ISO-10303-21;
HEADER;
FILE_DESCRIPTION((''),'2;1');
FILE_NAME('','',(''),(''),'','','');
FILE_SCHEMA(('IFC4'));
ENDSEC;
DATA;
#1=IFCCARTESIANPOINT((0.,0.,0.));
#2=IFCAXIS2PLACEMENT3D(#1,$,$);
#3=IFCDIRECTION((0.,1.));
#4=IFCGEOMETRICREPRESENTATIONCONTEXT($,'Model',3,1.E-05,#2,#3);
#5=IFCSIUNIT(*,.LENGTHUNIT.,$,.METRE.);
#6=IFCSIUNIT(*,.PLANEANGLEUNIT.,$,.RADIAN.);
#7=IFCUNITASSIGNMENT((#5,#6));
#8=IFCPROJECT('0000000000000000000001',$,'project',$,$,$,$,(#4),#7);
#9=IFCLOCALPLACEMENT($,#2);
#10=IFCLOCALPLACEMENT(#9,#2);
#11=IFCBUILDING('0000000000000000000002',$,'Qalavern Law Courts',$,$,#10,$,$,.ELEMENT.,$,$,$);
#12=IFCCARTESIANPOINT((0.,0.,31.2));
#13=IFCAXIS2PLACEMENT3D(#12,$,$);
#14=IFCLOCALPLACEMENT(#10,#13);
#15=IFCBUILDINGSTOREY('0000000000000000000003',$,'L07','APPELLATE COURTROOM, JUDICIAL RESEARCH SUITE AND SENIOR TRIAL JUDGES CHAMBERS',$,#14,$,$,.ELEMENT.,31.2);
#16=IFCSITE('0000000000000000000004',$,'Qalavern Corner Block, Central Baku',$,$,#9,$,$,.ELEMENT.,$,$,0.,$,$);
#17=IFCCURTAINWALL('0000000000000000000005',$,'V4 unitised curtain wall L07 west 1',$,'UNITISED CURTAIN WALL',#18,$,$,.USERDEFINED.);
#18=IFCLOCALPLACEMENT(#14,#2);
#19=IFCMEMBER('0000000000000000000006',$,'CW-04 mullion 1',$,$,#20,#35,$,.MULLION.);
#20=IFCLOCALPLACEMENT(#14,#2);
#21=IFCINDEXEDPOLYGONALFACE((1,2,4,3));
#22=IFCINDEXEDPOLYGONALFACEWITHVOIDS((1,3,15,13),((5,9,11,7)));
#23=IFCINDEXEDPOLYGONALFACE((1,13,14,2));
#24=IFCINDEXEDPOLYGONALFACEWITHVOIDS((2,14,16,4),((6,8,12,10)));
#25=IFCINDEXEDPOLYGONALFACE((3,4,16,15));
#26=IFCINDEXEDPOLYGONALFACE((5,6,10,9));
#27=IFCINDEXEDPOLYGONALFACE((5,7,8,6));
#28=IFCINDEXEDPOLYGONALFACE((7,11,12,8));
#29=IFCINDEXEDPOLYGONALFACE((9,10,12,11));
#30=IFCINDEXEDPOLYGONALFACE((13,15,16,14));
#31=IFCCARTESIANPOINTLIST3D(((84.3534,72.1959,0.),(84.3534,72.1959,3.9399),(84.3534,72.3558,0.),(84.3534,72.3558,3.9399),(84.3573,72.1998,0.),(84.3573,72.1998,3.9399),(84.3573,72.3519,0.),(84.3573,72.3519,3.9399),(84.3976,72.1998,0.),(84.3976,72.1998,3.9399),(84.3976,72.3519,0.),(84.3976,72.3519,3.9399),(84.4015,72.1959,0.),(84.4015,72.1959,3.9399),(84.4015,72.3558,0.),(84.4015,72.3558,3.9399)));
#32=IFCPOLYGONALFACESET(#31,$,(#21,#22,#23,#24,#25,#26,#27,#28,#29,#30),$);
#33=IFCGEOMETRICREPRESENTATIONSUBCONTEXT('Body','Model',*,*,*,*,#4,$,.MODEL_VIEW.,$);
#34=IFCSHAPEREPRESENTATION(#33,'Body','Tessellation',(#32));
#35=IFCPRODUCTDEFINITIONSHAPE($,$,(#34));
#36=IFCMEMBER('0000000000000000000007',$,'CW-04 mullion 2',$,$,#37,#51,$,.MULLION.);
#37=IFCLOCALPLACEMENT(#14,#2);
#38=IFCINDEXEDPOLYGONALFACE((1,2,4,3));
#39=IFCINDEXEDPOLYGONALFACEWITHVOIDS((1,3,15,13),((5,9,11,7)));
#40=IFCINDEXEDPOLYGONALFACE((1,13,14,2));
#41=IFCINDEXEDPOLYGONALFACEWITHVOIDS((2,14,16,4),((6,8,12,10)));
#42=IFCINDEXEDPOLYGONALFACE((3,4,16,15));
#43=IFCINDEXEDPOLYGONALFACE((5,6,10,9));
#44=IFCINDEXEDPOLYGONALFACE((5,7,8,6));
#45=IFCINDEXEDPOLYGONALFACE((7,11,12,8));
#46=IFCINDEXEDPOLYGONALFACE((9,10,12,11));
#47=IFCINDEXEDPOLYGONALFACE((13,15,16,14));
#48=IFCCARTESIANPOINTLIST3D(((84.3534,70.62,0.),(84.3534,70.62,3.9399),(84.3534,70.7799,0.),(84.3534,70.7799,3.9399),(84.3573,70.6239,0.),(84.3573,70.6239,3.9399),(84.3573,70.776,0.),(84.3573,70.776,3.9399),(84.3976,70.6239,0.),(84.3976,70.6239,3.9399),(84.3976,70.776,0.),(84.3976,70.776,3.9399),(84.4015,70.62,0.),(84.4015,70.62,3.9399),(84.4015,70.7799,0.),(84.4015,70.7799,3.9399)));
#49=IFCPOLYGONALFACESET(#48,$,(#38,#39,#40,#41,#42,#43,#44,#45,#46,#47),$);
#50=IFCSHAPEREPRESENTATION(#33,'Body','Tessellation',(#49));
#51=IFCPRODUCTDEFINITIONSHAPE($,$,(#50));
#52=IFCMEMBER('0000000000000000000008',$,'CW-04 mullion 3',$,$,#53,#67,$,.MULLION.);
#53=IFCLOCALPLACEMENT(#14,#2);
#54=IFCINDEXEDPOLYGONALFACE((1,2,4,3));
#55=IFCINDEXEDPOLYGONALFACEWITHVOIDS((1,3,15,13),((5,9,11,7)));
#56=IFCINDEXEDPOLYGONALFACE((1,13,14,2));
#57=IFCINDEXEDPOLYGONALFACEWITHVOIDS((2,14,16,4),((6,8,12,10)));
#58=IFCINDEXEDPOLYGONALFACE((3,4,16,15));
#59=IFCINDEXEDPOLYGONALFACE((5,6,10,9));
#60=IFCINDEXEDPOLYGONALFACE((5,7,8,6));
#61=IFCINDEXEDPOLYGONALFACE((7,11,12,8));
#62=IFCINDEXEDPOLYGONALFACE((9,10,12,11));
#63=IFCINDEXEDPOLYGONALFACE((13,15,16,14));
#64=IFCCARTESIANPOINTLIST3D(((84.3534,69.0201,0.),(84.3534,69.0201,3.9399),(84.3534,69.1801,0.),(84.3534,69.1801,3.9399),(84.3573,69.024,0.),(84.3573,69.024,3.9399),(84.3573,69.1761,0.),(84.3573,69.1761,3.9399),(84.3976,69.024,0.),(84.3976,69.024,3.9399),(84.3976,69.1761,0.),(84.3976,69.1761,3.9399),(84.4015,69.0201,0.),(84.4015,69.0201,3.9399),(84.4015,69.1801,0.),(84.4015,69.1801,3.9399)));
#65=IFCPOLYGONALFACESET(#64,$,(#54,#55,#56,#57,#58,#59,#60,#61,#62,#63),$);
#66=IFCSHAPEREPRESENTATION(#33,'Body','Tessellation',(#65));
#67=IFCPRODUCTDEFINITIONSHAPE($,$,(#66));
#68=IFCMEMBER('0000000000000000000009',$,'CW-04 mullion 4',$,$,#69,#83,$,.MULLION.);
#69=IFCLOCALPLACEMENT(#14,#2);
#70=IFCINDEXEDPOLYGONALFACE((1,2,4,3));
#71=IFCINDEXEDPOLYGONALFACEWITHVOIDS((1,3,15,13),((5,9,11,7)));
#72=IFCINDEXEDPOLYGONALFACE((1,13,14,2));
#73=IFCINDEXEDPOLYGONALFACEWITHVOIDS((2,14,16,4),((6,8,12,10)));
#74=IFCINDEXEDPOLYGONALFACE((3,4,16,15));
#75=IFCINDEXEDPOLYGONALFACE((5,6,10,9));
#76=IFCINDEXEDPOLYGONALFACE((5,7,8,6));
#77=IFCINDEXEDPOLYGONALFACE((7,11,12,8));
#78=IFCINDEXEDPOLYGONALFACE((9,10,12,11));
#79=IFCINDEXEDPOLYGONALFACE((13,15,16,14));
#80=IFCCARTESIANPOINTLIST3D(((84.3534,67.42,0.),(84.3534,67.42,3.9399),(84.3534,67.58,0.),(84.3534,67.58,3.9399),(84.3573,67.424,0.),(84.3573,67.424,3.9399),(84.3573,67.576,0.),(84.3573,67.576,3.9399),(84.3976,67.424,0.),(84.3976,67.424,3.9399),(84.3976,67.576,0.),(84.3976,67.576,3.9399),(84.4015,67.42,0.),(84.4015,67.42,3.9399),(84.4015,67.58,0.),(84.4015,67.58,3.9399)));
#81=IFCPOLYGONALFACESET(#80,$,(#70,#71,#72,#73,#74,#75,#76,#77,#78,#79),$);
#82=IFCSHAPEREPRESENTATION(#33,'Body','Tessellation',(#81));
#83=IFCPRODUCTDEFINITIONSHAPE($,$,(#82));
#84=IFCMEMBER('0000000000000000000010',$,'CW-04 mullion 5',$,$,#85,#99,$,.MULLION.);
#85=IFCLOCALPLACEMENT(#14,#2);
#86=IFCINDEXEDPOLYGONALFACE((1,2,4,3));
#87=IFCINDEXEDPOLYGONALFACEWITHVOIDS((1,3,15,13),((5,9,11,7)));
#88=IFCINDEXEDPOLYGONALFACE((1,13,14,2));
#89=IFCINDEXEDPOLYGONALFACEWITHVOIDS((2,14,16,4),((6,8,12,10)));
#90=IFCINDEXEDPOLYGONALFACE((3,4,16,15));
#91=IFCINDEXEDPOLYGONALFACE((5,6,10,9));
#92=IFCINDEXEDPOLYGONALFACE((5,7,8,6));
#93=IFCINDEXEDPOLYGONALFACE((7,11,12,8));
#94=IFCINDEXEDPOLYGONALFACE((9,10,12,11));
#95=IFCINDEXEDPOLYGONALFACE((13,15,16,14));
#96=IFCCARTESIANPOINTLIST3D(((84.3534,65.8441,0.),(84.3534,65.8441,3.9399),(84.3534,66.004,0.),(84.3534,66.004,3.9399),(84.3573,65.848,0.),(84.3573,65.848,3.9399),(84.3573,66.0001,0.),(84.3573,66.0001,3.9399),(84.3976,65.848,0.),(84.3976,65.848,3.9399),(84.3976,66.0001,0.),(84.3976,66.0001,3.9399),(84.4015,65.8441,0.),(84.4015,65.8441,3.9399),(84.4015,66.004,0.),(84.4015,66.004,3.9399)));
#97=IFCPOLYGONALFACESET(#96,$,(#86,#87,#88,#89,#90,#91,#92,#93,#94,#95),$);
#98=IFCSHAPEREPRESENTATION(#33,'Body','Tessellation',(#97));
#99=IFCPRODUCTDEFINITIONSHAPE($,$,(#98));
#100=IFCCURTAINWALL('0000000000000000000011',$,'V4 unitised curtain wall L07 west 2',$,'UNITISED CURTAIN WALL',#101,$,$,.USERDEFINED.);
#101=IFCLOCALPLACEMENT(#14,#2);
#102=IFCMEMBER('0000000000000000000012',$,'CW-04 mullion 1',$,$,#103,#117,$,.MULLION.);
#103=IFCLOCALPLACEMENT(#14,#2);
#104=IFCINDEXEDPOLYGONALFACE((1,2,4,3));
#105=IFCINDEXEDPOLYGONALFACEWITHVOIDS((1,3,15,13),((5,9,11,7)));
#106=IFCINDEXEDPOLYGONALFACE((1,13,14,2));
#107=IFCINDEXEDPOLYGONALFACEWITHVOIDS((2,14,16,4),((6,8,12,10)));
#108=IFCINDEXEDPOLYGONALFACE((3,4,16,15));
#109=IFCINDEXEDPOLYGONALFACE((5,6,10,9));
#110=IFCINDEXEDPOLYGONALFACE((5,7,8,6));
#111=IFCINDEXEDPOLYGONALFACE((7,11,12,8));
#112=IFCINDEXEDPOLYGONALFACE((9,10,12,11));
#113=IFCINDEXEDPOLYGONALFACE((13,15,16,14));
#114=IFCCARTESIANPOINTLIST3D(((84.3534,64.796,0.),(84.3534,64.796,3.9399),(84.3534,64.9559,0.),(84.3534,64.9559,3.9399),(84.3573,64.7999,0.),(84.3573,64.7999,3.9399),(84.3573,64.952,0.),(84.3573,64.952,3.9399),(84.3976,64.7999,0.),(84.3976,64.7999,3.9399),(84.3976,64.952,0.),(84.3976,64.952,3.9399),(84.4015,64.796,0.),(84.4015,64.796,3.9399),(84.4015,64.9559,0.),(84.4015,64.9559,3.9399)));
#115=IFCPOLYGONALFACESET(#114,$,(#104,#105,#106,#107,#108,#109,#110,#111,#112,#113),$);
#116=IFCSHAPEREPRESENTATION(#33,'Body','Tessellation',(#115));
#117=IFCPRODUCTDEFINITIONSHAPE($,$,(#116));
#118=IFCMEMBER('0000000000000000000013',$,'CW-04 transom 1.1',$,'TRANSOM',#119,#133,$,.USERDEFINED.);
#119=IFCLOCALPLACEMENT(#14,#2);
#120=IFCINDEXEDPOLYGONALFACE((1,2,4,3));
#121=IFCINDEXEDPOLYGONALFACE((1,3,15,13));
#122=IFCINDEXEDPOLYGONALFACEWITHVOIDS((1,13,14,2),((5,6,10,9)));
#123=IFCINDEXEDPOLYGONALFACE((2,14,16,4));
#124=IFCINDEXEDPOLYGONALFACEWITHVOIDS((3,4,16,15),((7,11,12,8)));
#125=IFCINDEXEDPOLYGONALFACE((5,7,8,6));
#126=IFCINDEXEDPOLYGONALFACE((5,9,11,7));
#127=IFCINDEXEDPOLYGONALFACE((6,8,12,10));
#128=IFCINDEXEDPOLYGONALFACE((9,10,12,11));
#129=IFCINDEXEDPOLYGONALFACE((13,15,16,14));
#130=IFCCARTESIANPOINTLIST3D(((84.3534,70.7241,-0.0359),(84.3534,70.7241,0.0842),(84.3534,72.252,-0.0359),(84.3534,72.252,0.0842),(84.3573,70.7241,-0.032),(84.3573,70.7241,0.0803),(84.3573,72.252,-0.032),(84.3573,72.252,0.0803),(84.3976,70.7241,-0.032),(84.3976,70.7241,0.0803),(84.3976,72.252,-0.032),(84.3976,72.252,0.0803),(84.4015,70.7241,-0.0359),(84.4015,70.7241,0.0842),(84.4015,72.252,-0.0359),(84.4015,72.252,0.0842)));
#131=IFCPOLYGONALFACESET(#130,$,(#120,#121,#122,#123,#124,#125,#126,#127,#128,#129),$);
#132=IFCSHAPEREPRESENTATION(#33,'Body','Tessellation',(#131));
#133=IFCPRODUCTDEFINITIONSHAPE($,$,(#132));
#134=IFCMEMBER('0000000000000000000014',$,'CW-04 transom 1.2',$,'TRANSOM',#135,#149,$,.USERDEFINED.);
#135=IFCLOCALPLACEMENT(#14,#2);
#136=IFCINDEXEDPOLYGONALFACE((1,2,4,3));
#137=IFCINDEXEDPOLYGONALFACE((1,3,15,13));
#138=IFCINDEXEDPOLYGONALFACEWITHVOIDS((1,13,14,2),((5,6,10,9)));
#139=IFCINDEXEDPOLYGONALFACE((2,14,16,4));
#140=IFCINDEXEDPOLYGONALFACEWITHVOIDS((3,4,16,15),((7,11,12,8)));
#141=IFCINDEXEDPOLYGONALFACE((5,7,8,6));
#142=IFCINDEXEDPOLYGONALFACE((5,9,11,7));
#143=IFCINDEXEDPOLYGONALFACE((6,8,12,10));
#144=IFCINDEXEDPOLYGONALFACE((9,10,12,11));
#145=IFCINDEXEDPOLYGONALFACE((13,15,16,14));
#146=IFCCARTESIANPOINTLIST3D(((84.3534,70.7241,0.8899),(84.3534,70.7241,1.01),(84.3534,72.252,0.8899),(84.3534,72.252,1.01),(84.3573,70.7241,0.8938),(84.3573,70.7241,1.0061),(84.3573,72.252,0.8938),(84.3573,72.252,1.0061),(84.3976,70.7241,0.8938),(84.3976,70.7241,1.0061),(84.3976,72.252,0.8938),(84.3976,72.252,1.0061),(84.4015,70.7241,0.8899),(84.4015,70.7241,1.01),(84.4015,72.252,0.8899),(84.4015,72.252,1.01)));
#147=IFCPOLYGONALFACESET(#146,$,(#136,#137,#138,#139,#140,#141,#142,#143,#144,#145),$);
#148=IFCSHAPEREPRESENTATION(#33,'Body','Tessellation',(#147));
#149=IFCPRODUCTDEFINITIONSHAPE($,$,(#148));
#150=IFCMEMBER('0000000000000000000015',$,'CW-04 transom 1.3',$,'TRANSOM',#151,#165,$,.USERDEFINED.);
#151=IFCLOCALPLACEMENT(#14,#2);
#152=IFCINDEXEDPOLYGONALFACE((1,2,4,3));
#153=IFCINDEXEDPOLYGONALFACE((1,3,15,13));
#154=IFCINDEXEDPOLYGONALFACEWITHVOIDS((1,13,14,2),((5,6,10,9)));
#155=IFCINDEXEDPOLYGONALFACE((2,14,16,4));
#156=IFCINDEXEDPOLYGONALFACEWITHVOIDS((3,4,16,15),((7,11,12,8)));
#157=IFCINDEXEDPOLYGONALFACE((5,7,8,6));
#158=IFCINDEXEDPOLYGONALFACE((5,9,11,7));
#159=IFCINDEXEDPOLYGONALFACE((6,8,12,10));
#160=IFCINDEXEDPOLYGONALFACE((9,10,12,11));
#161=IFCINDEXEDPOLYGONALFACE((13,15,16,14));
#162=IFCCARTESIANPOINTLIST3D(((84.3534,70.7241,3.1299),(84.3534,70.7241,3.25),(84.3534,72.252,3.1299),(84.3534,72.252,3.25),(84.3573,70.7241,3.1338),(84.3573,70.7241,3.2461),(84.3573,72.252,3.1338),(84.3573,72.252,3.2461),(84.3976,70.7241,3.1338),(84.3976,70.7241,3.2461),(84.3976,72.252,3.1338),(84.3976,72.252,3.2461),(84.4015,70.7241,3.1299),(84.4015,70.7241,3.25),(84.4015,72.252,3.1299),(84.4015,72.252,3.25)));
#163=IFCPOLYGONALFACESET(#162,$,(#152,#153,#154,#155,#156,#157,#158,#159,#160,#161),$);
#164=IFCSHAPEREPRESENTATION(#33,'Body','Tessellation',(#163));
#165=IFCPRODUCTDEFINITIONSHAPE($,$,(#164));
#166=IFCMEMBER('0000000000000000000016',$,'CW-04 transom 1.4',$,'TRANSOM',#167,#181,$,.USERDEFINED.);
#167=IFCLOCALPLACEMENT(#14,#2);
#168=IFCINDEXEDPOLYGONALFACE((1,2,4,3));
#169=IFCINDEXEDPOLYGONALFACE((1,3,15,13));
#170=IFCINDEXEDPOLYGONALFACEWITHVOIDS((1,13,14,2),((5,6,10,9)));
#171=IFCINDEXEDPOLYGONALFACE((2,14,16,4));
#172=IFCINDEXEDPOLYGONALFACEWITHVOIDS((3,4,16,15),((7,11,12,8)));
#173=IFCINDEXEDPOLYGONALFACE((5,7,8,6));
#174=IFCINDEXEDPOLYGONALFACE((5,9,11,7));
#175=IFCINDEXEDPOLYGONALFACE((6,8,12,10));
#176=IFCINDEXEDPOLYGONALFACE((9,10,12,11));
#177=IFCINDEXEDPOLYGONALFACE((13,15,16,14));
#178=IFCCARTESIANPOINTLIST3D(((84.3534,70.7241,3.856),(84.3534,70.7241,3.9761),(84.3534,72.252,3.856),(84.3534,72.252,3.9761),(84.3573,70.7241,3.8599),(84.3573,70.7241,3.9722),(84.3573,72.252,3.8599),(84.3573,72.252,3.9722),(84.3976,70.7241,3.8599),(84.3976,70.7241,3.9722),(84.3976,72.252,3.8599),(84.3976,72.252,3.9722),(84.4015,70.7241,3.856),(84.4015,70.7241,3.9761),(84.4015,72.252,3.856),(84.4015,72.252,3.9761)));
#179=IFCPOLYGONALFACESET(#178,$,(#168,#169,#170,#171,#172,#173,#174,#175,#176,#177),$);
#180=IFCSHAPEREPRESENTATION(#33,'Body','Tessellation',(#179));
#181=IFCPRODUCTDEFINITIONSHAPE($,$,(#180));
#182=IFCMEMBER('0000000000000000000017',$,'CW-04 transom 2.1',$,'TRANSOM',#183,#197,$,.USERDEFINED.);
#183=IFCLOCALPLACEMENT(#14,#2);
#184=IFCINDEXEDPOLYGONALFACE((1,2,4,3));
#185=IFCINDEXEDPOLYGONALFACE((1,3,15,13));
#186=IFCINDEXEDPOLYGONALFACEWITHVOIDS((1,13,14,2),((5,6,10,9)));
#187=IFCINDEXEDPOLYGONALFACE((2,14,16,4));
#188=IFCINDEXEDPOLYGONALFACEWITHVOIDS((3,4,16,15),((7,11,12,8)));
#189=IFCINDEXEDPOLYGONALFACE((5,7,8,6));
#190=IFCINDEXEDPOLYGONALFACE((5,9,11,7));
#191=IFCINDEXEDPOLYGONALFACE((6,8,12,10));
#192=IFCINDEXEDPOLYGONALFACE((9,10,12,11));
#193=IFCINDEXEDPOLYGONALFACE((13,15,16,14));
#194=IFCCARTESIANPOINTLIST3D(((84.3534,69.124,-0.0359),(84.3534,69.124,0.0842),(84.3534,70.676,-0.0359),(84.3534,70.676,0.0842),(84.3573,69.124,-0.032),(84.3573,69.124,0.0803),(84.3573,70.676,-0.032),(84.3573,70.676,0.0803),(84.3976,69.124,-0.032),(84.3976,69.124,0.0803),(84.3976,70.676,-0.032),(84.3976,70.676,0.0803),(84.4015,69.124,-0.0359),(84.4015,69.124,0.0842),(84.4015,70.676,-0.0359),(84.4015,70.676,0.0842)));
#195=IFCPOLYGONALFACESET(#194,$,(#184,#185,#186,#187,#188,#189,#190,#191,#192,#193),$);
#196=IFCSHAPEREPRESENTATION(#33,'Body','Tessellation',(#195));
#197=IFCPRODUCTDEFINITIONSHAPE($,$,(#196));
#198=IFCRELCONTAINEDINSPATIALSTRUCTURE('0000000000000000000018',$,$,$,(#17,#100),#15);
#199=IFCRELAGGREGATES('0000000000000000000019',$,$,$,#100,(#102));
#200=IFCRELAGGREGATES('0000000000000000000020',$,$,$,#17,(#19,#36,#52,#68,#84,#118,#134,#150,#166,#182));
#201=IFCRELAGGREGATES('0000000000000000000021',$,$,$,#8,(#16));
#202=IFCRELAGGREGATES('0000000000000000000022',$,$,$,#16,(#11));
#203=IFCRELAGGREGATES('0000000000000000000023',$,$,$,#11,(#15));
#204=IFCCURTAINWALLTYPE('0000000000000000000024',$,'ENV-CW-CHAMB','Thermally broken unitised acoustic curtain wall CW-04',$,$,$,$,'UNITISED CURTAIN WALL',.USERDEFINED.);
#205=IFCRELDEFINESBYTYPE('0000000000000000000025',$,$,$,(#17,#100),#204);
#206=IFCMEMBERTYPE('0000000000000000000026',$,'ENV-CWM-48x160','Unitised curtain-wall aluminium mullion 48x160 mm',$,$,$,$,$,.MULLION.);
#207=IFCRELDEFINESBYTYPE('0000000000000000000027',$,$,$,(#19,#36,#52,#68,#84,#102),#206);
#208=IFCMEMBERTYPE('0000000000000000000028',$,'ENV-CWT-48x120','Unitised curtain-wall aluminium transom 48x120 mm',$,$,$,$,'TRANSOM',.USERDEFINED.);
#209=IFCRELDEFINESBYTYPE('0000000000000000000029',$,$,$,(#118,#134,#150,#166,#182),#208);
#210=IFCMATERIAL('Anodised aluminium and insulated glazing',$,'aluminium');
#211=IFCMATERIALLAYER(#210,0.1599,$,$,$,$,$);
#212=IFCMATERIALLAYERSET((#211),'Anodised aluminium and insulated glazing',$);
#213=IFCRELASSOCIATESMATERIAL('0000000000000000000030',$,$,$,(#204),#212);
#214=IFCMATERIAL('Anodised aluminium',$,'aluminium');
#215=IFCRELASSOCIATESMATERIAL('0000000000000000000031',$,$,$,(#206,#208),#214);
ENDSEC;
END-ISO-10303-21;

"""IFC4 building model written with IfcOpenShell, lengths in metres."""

from ifc_helpers import new_model, si_unit, direction, frame, origin, origin_2d, place, context, subcontext, project, spatial, hollow_rectangle, extrude, material, layer, layer_set, material_profile, profile_set, type_object, element, aggregate, save


model = new_model("IFC4")

# Units and contexts
model_context = context("Model", 3, precision=1e-05, world=origin(), true_north=direction((0.0, 1.0)))
body_context = subcontext(model_context, "Body", "Model", "MODEL_VIEW")
ifc_project = project(units=[si_unit("LENGTHUNIT", "METRE"), si_unit("PLANEANGLEUNIT", "RADIAN")], contexts=[model_context])

# Site, building, storey
site_placement = place(None, origin())
site = spatial("IfcSite", under=ifc_project, at=site_placement, Name="Qalavern Corner Block, Central Baku", CompositionType="ELEMENT", RefElevation=0.0)
building_placement = place(site_placement, origin())
building = spatial("IfcBuilding", under=site, at=building_placement, Name="Qalavern Law Courts", CompositionType="ELEMENT")
storey_placement = place(building_placement, frame((0.0, 0.0, 31.2)))
storey = spatial("IfcBuildingStorey", under=building, at=storey_placement, Name="L07", Description="APPELLATE COURTROOM, JUDICIAL RESEARCH SUITE AND SENIOR TRIAL JUDGES CHAMBERS", CompositionType="ELEMENT", Elevation=31.2)

# Curtain wall, members
ifc_material_1 = material(Name="Anodised aluminium and insulated glazing", Category="aluminium")
ifc_layer_1 = layer(ifc_material_1, 0.1599)
ifc_layer_set_1 = layer_set([ifc_layer_1], Name="Anodised aluminium and insulated glazing")
curtain_wall_type = type_object("IfcCurtainWallType", Name="ENV-CW-CHAMB", Description="Thermally broken unitised acoustic curtain wall CW-04", ElementType="UNITISED CURTAIN WALL", PredefinedType="USERDEFINED", material=ifc_layer_set_1)
curtain_wall_1_placement = place(storey_placement, origin())
curtain_wall_1 = element("IfcCurtainWall", 1, at=curtain_wall_1_placement, inside=storey, type_object=curtain_wall_type, Name="V4 unitised curtain wall L07 west 1", ObjectType="UNITISED CURTAIN WALL", PredefinedType="USERDEFINED")
ifc_material_2 = material(Name="Anodised aluminium", Category="aluminium")
ifc_material_profile_1 = material_profile(ifc_material_2, hollow_rectangle(XDim=0.0481, YDim=0.1599, WallThickness=0.0039, at=origin_2d()), Name="ALU MULLION 48x160")
ifc_profile_set_1 = profile_set([ifc_material_profile_1], Name="Anodised aluminium")
member_type_1 = type_object("IfcMemberType", Name="ENV-CWM-48x160", Description="Unitised curtain-wall aluminium mullion 48x160 mm", PredefinedType="MULLION", material=ifc_profile_set_1)
member_1_placement = place(storey_placement, frame((84.3774, 72.2759, 0.0), z_axis=(0.0, 0.0, 1.0), x_axis=(1.0, 0.0, 0.0)))
member_1 = element("IfcMember", 2, at=member_1_placement, type_object=member_type_1, Name="CW-04 mullion 1", PredefinedType="MULLION", context=body_context, shape_type="SweptSolid", body=[
    extrude(hollow_rectangle(XDim=0.0481, YDim=0.1599, WallThickness=0.0039, at=origin_2d()), origin(), (0.0, 0.0, 1.0), 3.9399),
])
member_2_placement = place(storey_placement, frame((84.3774, 70.7, 0.0), z_axis=(0.0, 0.0, 1.0), x_axis=(1.0, 0.0, 0.0)))
member_2 = element("IfcMember", 3, at=member_2_placement, type_object=member_type_1, Name="CW-04 mullion 2", PredefinedType="MULLION", context=body_context, shape_type="SweptSolid", body=[
    extrude(hollow_rectangle(XDim=0.0481, YDim=0.1599, WallThickness=0.0039, at=origin_2d()), origin(), (0.0, 0.0, 1.0), 3.9399),
])
member_3_placement = place(storey_placement, frame((84.3774, 69.1001, 0.0), z_axis=(0.0, 0.0, 1.0), x_axis=(1.0, 0.0, 0.0)))
member_3 = element("IfcMember", 4, at=member_3_placement, type_object=member_type_1, Name="CW-04 mullion 3", PredefinedType="MULLION", context=body_context, shape_type="SweptSolid", body=[
    extrude(hollow_rectangle(XDim=0.0481, YDim=0.1599, WallThickness=0.0039, at=origin_2d()), origin(), (0.0, 0.0, 1.0), 3.9399),
])
member_4_placement = place(storey_placement, frame((84.3774, 67.5, 0.0), z_axis=(0.0, 0.0, 1.0), x_axis=(1.0, 0.0, 0.0)))
member_4 = element("IfcMember", 5, at=member_4_placement, type_object=member_type_1, Name="CW-04 mullion 4", PredefinedType="MULLION", context=body_context, shape_type="SweptSolid", body=[
    extrude(hollow_rectangle(XDim=0.0481, YDim=0.1599, WallThickness=0.0039, at=origin_2d()), origin(), (0.0, 0.0, 1.0), 3.9399),
])
member_5_placement = place(storey_placement, frame((84.3774, 65.9241, 0.0), z_axis=(0.0, 0.0, 1.0), x_axis=(1.0, 0.0, 0.0)))
member_5 = element("IfcMember", 6, at=member_5_placement, type_object=member_type_1, Name="CW-04 mullion 5", PredefinedType="MULLION", context=body_context, shape_type="SweptSolid", body=[
    extrude(hollow_rectangle(XDim=0.0481, YDim=0.1599, WallThickness=0.0039, at=origin_2d()), origin(), (0.0, 0.0, 1.0), 3.9399),
])

# Curtain wall, member
curtain_wall_2_placement = place(storey_placement, origin())
curtain_wall_2 = element("IfcCurtainWall", 7, at=curtain_wall_2_placement, inside=storey, type_object=curtain_wall_type, Name="V4 unitised curtain wall L07 west 2", ObjectType="UNITISED CURTAIN WALL", PredefinedType="USERDEFINED")
member_6_placement = place(storey_placement, frame((84.3774, 64.876, 0.0), z_axis=(0.0, 0.0, 1.0), x_axis=(1.0, 0.0, 0.0)))
member_6 = element("IfcMember", 8, at=member_6_placement, type_object=member_type_1, Name="CW-04 mullion 1", PredefinedType="MULLION", context=body_context, shape_type="SweptSolid", body=[
    extrude(hollow_rectangle(XDim=0.0481, YDim=0.1599, WallThickness=0.0039, at=origin_2d()), origin(), (0.0, 0.0, 1.0), 3.9399),
])

# Members
ifc_material_profile_2 = material_profile(ifc_material_2, hollow_rectangle(XDim=0.0481, YDim=0.1201, WallThickness=0.0039, at=origin_2d()), Name="ALU TRANSOM 48x120")
ifc_profile_set_2 = profile_set([ifc_material_profile_2], Name="Anodised aluminium")
member_type_2 = type_object("IfcMemberType", Name="ENV-CWT-48x120", Description="Unitised curtain-wall aluminium transom 48x120 mm", ElementType="TRANSOM", PredefinedType="USERDEFINED", material=ifc_profile_set_2)
member_7_placement = place(storey_placement, frame((84.3774, 72.252, 0.0242), z_axis=(0.0, -1.0, 0.0), x_axis=(1.0, 0.0, 0.0)))
member_7 = element("IfcMember", 9, at=member_7_placement, type_object=member_type_2, Name="CW-04 transom 1.1", ObjectType="TRANSOM", PredefinedType="USERDEFINED", context=body_context, shape_type="SweptSolid", body=[
    extrude(hollow_rectangle(XDim=0.0481, YDim=0.1201, WallThickness=0.0039, at=origin_2d()), origin(), (0.0, 0.0, 1.0), 1.5278),
])
member_8_placement = place(storey_placement, frame((84.3774, 72.252, 0.95), z_axis=(0.0, -1.0, 0.0), x_axis=(1.0, 0.0, 0.0)))
member_8 = element("IfcMember", 10, at=member_8_placement, type_object=member_type_2, Name="CW-04 transom 1.2", ObjectType="TRANSOM", PredefinedType="USERDEFINED", context=body_context, shape_type="SweptSolid", body=[
    extrude(hollow_rectangle(XDim=0.0481, YDim=0.1201, WallThickness=0.0039, at=origin_2d()), origin(), (0.0, 0.0, 1.0), 1.5278),
])
member_9_placement = place(storey_placement, frame((84.3774, 72.252, 3.1899), z_axis=(0.0, -1.0, 0.0), x_axis=(1.0, 0.0, 0.0)))
member_9 = element("IfcMember", 11, at=member_9_placement, type_object=member_type_2, Name="CW-04 transom 1.3", ObjectType="TRANSOM", PredefinedType="USERDEFINED", context=body_context, shape_type="SweptSolid", body=[
    extrude(hollow_rectangle(XDim=0.0481, YDim=0.1201, WallThickness=0.0039, at=origin_2d()), origin(), (0.0, 0.0, 1.0), 1.5278),
])
member_10_placement = place(storey_placement, frame((84.3774, 72.252, 3.916), z_axis=(0.0, -1.0, 0.0), x_axis=(1.0, 0.0, 0.0)))
member_10 = element("IfcMember", 12, at=member_10_placement, type_object=member_type_2, Name="CW-04 transom 1.4", ObjectType="TRANSOM", PredefinedType="USERDEFINED", context=body_context, shape_type="SweptSolid", body=[
    extrude(hollow_rectangle(XDim=0.0481, YDim=0.1201, WallThickness=0.0039, at=origin_2d()), origin(), (0.0, 0.0, 1.0), 1.5278),
])
member_11_placement = place(storey_placement, frame((84.3774, 70.676, 0.0242), z_axis=(0.0, -1.0, 0.0), x_axis=(1.0, 0.0, 0.0)))
member_11 = element("IfcMember", 13, at=member_11_placement, type_object=member_type_2, Name="CW-04 transom 2.1", ObjectType="TRANSOM", PredefinedType="USERDEFINED", context=body_context, shape_type="SweptSolid", body=[
    extrude(hollow_rectangle(XDim=0.0481, YDim=0.1201, WallThickness=0.0039, at=origin_2d()), origin(), (0.0, 0.0, 1.0), 1.552),
])
aggregate(curtain_wall_2, [member_6])

aggregate(curtain_wall_1, [member_1, member_2, member_3, member_4, member_5, member_7, member_8, member_9, member_10, member_11])

save(model, "model.ifc")
